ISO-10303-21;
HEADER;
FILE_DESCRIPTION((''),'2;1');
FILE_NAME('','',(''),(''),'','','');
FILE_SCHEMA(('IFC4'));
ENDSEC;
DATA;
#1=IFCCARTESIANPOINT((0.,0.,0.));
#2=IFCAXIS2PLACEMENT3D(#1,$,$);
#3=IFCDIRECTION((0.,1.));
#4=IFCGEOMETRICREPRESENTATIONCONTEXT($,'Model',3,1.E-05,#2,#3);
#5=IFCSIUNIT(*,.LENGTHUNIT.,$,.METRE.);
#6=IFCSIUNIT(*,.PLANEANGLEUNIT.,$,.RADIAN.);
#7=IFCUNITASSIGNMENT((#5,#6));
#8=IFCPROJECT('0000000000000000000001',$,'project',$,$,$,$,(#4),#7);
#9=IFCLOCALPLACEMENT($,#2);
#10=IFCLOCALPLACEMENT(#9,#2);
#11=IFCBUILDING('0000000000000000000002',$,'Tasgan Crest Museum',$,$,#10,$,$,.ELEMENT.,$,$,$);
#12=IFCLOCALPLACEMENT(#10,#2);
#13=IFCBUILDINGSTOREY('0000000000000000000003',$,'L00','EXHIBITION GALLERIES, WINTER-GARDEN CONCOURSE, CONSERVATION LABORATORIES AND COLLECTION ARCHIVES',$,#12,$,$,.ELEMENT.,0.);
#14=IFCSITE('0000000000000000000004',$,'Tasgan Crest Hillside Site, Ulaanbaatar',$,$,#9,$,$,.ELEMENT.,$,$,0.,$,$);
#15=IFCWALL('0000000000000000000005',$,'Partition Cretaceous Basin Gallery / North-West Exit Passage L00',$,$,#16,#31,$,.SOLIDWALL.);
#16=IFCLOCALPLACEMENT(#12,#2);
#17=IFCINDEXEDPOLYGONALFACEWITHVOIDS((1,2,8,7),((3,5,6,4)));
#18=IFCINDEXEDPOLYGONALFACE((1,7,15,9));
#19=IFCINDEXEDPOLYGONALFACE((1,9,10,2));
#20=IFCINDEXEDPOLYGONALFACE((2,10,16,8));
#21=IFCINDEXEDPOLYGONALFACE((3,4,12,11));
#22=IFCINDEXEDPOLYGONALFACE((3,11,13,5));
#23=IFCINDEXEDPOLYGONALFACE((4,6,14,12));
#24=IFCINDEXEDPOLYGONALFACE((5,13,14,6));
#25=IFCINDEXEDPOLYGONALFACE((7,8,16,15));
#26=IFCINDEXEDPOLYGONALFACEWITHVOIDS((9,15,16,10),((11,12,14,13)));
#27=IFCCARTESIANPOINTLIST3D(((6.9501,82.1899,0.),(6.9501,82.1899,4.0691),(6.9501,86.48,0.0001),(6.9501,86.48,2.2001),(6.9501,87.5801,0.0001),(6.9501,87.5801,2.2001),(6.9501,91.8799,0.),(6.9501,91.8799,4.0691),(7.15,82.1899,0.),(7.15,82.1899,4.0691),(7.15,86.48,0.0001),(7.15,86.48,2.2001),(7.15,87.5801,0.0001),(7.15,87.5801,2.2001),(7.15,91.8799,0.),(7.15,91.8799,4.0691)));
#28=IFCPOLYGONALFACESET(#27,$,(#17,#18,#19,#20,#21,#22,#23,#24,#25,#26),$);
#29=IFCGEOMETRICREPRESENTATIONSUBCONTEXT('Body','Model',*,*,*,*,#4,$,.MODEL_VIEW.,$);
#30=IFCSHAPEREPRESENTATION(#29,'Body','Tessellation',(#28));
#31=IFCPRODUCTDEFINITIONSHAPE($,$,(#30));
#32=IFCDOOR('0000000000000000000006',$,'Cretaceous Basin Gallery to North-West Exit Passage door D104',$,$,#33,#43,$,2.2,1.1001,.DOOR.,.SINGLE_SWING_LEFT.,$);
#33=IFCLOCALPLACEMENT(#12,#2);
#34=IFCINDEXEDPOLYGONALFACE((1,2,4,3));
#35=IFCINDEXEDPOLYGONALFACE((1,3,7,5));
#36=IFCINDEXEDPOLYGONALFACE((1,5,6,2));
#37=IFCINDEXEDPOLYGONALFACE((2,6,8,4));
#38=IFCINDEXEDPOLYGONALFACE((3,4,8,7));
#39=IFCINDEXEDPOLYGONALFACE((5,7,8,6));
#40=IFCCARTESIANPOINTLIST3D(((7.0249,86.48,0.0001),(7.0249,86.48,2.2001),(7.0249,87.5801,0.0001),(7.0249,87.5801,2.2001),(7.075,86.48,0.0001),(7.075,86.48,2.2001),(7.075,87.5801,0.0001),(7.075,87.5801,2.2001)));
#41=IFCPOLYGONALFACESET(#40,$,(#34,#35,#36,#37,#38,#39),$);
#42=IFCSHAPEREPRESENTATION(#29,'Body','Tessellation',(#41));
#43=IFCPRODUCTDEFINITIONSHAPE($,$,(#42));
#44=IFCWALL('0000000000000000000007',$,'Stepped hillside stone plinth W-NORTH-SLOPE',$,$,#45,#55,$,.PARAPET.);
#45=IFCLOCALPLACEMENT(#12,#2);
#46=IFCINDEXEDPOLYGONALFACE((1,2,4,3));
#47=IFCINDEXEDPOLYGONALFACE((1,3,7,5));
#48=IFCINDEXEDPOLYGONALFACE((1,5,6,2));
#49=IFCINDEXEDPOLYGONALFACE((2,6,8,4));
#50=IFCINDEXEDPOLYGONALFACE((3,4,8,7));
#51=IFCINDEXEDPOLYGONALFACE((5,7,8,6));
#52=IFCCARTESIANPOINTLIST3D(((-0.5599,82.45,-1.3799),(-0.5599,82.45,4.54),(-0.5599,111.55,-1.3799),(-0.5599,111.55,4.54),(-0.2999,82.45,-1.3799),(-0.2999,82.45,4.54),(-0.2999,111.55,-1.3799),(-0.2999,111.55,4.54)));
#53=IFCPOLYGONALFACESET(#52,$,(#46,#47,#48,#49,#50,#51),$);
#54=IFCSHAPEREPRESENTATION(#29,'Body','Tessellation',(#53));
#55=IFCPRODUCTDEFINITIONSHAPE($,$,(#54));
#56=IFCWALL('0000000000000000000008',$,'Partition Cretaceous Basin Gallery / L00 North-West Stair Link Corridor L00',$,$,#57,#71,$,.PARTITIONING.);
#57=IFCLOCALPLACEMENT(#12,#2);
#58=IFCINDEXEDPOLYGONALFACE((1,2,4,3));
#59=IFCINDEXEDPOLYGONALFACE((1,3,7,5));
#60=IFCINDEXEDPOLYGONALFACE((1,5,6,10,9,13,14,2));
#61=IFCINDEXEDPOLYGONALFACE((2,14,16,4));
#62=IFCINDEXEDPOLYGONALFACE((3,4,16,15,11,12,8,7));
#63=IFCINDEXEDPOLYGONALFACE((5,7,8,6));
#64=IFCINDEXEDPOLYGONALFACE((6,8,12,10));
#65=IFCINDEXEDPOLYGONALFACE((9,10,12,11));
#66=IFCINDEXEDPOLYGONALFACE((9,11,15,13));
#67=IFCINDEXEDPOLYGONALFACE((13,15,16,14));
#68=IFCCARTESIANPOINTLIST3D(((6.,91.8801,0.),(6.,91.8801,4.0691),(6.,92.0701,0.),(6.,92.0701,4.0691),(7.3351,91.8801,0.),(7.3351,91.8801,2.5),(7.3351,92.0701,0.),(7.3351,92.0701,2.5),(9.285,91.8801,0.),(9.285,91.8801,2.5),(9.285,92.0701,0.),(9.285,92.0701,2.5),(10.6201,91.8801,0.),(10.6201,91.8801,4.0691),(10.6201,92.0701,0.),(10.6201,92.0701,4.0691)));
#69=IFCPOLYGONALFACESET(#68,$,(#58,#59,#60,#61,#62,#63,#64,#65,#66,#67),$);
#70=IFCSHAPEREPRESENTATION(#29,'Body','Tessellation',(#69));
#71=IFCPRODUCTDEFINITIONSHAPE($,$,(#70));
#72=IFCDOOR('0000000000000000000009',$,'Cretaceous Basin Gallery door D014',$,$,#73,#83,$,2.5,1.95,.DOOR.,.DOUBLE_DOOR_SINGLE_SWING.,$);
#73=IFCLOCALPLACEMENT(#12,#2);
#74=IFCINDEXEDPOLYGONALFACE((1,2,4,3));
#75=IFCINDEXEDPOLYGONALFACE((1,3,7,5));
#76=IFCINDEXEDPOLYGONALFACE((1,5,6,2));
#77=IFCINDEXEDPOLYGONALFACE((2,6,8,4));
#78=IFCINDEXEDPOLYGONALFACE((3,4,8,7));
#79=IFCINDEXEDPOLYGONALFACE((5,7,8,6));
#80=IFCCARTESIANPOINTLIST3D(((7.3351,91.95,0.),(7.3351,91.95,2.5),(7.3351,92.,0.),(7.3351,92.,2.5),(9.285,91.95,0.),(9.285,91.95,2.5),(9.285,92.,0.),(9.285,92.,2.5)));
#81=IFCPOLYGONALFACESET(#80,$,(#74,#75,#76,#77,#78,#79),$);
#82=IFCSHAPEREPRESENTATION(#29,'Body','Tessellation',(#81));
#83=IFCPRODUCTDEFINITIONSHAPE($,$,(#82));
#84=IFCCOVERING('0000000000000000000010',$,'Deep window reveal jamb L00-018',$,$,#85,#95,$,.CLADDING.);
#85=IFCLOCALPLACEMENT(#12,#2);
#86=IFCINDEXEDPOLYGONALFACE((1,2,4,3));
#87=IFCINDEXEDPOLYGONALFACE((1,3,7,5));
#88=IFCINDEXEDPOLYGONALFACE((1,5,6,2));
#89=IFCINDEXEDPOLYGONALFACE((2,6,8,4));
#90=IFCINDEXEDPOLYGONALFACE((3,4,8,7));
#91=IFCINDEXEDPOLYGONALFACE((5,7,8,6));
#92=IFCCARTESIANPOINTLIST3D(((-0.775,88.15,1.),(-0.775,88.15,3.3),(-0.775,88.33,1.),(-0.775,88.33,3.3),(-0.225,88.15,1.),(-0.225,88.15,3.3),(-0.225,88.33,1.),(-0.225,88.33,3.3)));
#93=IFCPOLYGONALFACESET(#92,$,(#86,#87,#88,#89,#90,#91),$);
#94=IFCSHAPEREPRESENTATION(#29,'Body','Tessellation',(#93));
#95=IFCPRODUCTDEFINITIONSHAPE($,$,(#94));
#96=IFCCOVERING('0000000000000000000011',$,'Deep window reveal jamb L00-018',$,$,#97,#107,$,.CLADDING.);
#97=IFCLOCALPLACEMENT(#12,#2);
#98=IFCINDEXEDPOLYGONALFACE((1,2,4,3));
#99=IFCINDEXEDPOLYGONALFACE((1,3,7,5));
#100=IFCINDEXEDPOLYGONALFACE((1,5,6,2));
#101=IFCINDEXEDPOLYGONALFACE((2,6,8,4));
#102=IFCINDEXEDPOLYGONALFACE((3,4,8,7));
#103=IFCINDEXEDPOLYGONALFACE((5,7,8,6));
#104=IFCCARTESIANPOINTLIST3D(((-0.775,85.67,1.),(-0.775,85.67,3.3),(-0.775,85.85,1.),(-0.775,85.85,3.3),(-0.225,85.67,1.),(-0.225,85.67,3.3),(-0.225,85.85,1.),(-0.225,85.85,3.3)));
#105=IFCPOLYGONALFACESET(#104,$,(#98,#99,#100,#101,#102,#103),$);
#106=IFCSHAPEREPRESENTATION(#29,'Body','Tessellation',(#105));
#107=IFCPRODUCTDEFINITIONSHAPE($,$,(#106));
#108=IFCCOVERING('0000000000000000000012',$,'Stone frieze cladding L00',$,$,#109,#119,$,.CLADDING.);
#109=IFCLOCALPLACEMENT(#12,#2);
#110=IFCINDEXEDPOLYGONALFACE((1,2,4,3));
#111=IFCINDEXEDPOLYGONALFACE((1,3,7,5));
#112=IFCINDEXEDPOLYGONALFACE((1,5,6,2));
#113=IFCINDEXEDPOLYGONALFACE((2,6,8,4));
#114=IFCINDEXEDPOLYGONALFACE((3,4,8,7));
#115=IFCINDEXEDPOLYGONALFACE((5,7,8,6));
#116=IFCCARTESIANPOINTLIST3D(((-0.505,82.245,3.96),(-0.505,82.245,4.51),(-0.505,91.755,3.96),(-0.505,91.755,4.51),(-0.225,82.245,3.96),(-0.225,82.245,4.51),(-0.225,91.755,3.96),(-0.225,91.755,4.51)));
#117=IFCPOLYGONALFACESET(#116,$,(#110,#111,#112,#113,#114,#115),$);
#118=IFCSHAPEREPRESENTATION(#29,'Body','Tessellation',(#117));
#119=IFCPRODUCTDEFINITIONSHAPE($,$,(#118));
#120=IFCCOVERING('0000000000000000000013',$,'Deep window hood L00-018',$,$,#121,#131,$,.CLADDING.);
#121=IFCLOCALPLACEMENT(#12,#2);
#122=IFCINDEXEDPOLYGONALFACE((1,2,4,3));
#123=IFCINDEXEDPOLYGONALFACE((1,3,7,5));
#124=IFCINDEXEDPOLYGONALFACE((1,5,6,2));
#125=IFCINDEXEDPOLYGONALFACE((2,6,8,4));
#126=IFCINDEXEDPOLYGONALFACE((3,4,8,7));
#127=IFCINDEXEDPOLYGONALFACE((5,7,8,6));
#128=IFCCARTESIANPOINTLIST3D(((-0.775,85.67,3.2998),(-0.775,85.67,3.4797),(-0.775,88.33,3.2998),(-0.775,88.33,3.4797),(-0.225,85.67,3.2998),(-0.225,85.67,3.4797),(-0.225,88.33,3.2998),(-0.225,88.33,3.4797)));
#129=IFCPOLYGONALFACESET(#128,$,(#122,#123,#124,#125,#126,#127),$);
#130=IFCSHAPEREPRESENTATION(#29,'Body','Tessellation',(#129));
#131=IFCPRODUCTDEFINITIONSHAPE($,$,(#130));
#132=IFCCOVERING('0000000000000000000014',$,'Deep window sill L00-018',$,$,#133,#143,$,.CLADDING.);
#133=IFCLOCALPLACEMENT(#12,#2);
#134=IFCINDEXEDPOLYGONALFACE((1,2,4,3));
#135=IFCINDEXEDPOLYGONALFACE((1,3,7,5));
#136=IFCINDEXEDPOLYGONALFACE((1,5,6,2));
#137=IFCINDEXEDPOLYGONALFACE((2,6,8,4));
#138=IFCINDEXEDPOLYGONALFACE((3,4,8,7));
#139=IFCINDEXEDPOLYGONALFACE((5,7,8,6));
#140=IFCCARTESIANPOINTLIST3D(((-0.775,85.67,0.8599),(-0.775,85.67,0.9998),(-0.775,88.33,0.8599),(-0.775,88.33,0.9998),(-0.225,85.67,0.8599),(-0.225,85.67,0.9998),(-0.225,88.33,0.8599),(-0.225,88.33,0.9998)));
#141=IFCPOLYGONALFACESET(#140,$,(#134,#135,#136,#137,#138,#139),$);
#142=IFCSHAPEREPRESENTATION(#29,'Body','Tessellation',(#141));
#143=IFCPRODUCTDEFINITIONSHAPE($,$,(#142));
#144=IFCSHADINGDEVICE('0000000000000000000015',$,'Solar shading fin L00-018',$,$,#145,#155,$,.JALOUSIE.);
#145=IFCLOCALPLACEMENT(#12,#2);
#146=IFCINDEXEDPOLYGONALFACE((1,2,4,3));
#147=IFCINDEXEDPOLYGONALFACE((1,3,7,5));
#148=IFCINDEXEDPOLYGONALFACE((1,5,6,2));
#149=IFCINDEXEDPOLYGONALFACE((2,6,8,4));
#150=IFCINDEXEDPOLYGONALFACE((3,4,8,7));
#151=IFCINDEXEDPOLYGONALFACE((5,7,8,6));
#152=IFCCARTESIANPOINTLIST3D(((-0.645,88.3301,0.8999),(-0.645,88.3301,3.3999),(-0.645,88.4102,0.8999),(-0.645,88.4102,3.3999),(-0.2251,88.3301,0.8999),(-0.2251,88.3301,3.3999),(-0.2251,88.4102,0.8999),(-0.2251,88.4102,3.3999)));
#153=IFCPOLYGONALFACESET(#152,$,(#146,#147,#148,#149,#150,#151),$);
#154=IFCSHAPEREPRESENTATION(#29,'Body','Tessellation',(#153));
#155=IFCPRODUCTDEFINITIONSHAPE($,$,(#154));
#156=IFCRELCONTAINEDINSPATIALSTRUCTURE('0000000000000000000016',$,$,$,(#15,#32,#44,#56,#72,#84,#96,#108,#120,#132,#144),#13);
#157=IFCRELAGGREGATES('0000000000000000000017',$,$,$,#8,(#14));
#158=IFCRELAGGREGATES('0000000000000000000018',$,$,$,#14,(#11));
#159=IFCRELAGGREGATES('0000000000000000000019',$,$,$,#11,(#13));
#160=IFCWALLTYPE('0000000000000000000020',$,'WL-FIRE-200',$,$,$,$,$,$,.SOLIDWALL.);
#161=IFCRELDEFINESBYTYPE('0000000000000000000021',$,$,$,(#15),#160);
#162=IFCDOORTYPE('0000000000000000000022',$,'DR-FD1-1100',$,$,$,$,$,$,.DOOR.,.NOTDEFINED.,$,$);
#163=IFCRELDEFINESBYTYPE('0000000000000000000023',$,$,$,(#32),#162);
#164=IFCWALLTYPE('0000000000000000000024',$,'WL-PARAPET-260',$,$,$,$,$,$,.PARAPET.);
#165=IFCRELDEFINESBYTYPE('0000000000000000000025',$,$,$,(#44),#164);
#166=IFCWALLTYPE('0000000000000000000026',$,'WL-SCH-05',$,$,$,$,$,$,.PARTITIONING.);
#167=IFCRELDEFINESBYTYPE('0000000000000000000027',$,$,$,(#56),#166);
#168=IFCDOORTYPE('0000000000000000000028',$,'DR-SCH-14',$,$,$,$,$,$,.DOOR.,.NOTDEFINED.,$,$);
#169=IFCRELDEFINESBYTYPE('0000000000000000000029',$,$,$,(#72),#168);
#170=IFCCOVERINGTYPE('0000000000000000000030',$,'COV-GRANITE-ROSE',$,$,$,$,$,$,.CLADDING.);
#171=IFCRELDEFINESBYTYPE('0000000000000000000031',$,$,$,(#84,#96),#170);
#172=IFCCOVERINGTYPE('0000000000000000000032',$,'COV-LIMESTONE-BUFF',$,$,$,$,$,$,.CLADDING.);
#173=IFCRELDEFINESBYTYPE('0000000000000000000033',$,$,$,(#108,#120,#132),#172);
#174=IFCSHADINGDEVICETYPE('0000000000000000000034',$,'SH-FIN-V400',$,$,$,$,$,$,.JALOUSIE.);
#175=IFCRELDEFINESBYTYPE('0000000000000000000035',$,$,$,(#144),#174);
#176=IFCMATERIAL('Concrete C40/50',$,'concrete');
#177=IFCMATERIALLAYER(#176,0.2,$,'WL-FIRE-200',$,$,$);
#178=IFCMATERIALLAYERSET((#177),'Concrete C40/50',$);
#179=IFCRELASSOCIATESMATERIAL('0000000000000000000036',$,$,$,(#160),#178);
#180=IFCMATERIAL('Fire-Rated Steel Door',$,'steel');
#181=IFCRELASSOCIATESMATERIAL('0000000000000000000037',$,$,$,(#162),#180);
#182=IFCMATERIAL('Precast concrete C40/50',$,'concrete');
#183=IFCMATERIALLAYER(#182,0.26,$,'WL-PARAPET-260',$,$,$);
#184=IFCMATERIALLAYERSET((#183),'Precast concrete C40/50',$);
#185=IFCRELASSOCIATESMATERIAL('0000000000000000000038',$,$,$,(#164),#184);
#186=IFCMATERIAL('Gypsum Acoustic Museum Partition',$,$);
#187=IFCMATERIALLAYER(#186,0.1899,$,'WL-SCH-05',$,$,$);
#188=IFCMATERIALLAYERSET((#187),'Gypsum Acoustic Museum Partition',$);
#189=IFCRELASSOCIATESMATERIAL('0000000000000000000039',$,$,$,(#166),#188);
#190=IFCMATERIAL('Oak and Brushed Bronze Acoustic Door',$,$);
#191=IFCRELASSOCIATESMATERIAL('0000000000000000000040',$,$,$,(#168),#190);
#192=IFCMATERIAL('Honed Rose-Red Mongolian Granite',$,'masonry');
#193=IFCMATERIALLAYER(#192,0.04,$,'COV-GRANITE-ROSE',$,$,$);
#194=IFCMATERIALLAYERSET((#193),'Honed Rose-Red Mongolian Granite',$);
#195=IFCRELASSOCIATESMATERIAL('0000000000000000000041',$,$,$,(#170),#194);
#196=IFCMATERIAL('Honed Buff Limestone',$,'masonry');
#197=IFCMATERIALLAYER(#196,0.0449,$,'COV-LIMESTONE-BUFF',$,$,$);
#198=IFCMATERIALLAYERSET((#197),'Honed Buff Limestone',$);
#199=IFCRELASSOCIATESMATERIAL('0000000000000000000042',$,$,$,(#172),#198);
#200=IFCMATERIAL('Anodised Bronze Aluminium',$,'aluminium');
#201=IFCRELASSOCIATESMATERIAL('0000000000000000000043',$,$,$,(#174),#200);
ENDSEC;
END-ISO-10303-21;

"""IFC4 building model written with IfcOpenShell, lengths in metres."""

from ifc_helpers import new_model, si_unit, direction, frame, frame_2d, origin, origin_2d, place, context, subcontext, project, spatial, rectangle, extrude, material, layer, layer_set, type_object, element, fill, save


model = new_model("IFC4")

# Units and contexts
model_context = context("Model", 3, precision=1e-05, world=origin(), true_north=direction((0.0, 1.0)))
body_context = subcontext(model_context, "Body", "Model", "MODEL_VIEW")
ifc_project = project(units=[si_unit("LENGTHUNIT", "METRE"), si_unit("PLANEANGLEUNIT", "RADIAN")], contexts=[model_context])

# Site, building, storey
site_placement = place(None, origin())
site = spatial("IfcSite", under=ifc_project, at=site_placement, Name="Tasgan Crest Hillside Site, Ulaanbaatar", CompositionType="ELEMENT", RefElevation=0.0)
building_placement = place(site_placement, origin())
building = spatial("IfcBuilding", under=site, at=building_placement, Name="Tasgan Crest Museum", CompositionType="ELEMENT")
storey_placement = place(building_placement, origin())
storey = spatial("IfcBuildingStorey", under=building, at=storey_placement, Name="L00", Description="EXHIBITION GALLERIES, WINTER-GARDEN CONCOURSE, CONSERVATION LABORATORIES AND COLLECTION ARCHIVES", CompositionType="ELEMENT", Elevation=0.0)

# Wall, opening, door
ifc_material_1 = material(Name="Concrete C40/50", Category="concrete")
ifc_layer_1 = layer(ifc_material_1, 0.2, Name="WL-FIRE-200")
ifc_layer_set_1 = layer_set([ifc_layer_1], Name="Concrete C40/50")
wall_type_1 = type_object("IfcWallType", Name="WL-FIRE-200", PredefinedType="SOLIDWALL", material=ifc_layer_set_1)
wall_1_placement = place(storey_placement, frame((7.05, 82.1899, 0.0), z_axis=(0.0, 0.0, 1.0), x_axis=(0.0, 1.0, 0.0)))
wall_1 = element("IfcWall", 1, at=wall_1_placement, inside=storey, type_object=wall_type_1, Name="Partition Cretaceous Basin Gallery / North-West Exit Passage L00", PredefinedType="SOLIDWALL", context=body_context, shape_type="SweptSolid", body=[
    extrude(rectangle(XDim=9.6899, YDim=0.2, at=frame_2d((4.845, 0.0))), origin(), (0.0, 0.0, 1.0), 4.0691),
])
opening_1_placement = place(wall_1_placement, frame((4.29, 0.0, 0.0)))
opening_1 = element("IfcOpeningElement", 2, at=opening_1_placement, cuts=wall_1, PredefinedType="OPENING", context=body_context, shape_type="SweptSolid", body=[
    extrude(rectangle(XDim=1.1001, YDim=2.2, at=frame_2d((0.55, 1.1001))), frame((0.0, 0.1099, 0.0), z_axis=(0.0, -1.0, 0.0), x_axis=(1.0, 0.0, 0.0)), (0.0, 0.0, 1.0), 0.22),
])
ifc_material_2 = material(Name="Fire-Rated Steel Door", Category="steel")
door_type_1 = type_object("IfcDoorType", Name="DR-FD1-1100", OperationType="NOTDEFINED", PredefinedType="DOOR", material=ifc_material_2)
door_1_placement = place(opening_1_placement, frame((1.1001, 0.0, 0.0), z_axis=(0.0, 0.0, 1.0), x_axis=(-1.0, 0.0, 0.0)))
door_1 = element("IfcDoor", 3, at=door_1_placement, inside=storey, type_object=door_type_1, Name="Cretaceous Basin Gallery to North-West Exit Passage door D104", OperationType="SINGLE_SWING_LEFT", OverallHeight=2.2, OverallWidth=1.1001, PredefinedType="DOOR", context=body_context, shape_type="SweptSolid", body=[
    extrude(rectangle(XDim=1.1001, YDim=2.2, at=frame_2d((0.55, 1.1001))), frame((0.0, 0.0249, 0.0), z_axis=(0.0, -1.0, 0.0), x_axis=(1.0, 0.0, 0.0)), (0.0, 0.0, 1.0), 0.05),
])
fill(opening_1, door_1)

# Wall
ifc_material_3 = material(Name="Precast concrete C40/50", Category="concrete")
ifc_layer_2 = layer(ifc_material_3, 0.26, Name="WL-PARAPET-260")
ifc_layer_set_2 = layer_set([ifc_layer_2], Name="Precast concrete C40/50")
wall_type_2 = type_object("IfcWallType", Name="WL-PARAPET-260", PredefinedType="PARAPET", material=ifc_layer_set_2)
wall_2_placement = place(storey_placement, frame((-0.4299, 82.45, -1.3799), z_axis=(0.0, 0.0, 1.0), x_axis=(0.0, 1.0, 0.0)))
element("IfcWall", 4, at=wall_2_placement, inside=storey, type_object=wall_type_2, Name="Stepped hillside stone plinth W-NORTH-SLOPE", PredefinedType="PARAPET", context=body_context, shape_type="SweptSolid", body=[
    extrude(rectangle(XDim=29.1001, YDim=0.26, at=frame_2d((14.55, 0.0))), origin(), (0.0, 0.0, 1.0), 5.9199),
])

# Wall, opening, door
ifc_material_4 = material(Name="Gypsum Acoustic Museum Partition")
ifc_layer_3 = layer(ifc_material_4, 0.1899, Name="WL-SCH-05")
ifc_layer_set_3 = layer_set([ifc_layer_3], Name="Gypsum Acoustic Museum Partition")
wall_type_3 = type_object("IfcWallType", Name="WL-SCH-05", PredefinedType="PARTITIONING", material=ifc_layer_set_3)
wall_3_placement = place(storey_placement, frame((6.0, 91.9751, 0.0), z_axis=(0.0, 0.0, 1.0), x_axis=(1.0, 0.0, 0.0)))
wall_3 = element("IfcWall", 5, at=wall_3_placement, inside=storey, type_object=wall_type_3, Name="Partition Cretaceous Basin Gallery / L00 North-West Stair Link Corridor L00", PredefinedType="PARTITIONING", context=body_context, shape_type="SweptSolid", body=[
    extrude(rectangle(XDim=4.6201, YDim=0.1899, at=frame_2d((2.3101, 0.0))), origin(), (0.0, 0.0, 1.0), 4.0691),
])
opening_2_placement = place(wall_3_placement, frame((1.335, 0.0, 0.0)))
opening_2 = element("IfcOpeningElement", 6, at=opening_2_placement, cuts=wall_3, PredefinedType="OPENING", context=body_context, shape_type="SweptSolid", body=[
    extrude(rectangle(XDim=1.95, YDim=2.5, at=frame_2d((0.9751, 1.25))), frame((0.0, 0.105, 0.0), z_axis=(0.0, -1.0, 0.0), x_axis=(1.0, 0.0, 0.0)), (0.0, 0.0, 1.0), 0.21),
])
ifc_material_5 = material(Name="Oak and Brushed Bronze Acoustic Door")
door_type_2 = type_object("IfcDoorType", Name="DR-SCH-14", OperationType="NOTDEFINED", PredefinedType="DOOR", material=ifc_material_5)
door_2_placement = place(opening_2_placement, origin())
door_2 = element("IfcDoor", 7, at=door_2_placement, inside=storey, type_object=door_type_2, Name="Cretaceous Basin Gallery door D014", OperationType="DOUBLE_DOOR_SINGLE_SWING", OverallHeight=2.5, OverallWidth=1.95, PredefinedType="DOOR", context=body_context, shape_type="SweptSolid", body=[
    extrude(rectangle(XDim=1.95, YDim=2.5, at=frame_2d((0.9751, 1.25))), frame((0.0, 0.0249, 0.0), z_axis=(0.0, -1.0, 0.0), x_axis=(1.0, 0.0, 0.0)), (0.0, 0.0, 1.0), 0.05),
])
fill(opening_2, door_2)

# Coverings
ifc_material_6 = material(Name="Honed Rose-Red Mongolian Granite", Category="masonry")
ifc_layer_4 = layer(ifc_material_6, 0.04, Name="COV-GRANITE-ROSE")
ifc_layer_set_4 = layer_set([ifc_layer_4], Name="Honed Rose-Red Mongolian Granite")
covering_type_1 = type_object("IfcCoveringType", Name="COV-GRANITE-ROSE", PredefinedType="CLADDING", material=ifc_layer_set_4)
for number, where, z_axis, x_axis, name in (
    (8, (-0.5, 88.24, 1.0), (0.0, 0.0, 1.0), (0.0, -1.0, 0.0), "Deep window reveal jamb L00-018"),
    (9, (-0.5, 85.76, 1.0), (0.0, 0.0, 1.0), (0.0, -1.0, 0.0), "Deep window reveal jamb L00-018"),
):
    element("IfcCovering", number, at=place(storey_placement, frame(where, z_axis=z_axis, x_axis=x_axis)), inside=storey, type_object=covering_type_1, Name=name, PredefinedType="CLADDING", context=body_context, shape_type="SweptSolid", body=[
        extrude(rectangle(XDim=0.1799, YDim=0.55, at=origin_2d()), origin(), (0.0, 0.0, 1.0), 2.3),
    ])
ifc_material_7 = material(Name="Honed Buff Limestone", Category="masonry")
ifc_layer_5 = layer(ifc_material_7, 0.0449, Name="COV-LIMESTONE-BUFF")
ifc_layer_set_5 = layer_set([ifc_layer_5], Name="Honed Buff Limestone")
covering_type_2 = type_object("IfcCoveringType", Name="COV-LIMESTONE-BUFF", PredefinedType="CLADDING", material=ifc_layer_set_5)
covering_1_placement = place(storey_placement, frame((-0.365, 87.0, 3.96), z_axis=(0.0, 0.0, 1.0), x_axis=(0.0, -1.0, 0.0)))
element("IfcCovering", 10, at=covering_1_placement, inside=storey, type_object=covering_type_2, Name="Stone frieze cladding L00", PredefinedType="CLADDING", context=body_context, shape_type="SweptSolid", body=[
    extrude(rectangle(XDim=9.51, YDim=0.28, at=origin_2d()), origin(), (0.0, 0.0, 1.0), 0.55),
])
covering_2_placement = place(storey_placement, frame((-0.5, 87.0, 3.2998), z_axis=(0.0, 0.0, 1.0), x_axis=(0.0, -1.0, 0.0)))
element("IfcCovering", 11, at=covering_2_placement, inside=storey, type_object=covering_type_2, Name="Deep window hood L00-018", PredefinedType="CLADDING", context=body_context, shape_type="SweptSolid", body=[
    extrude(rectangle(XDim=2.6599, YDim=0.55, at=origin_2d()), origin(), (0.0, 0.0, 1.0), 0.1799),
])
covering_3_placement = place(storey_placement, frame((-0.5, 87.0, 0.8599), z_axis=(0.0, 0.0, 1.0), x_axis=(0.0, -1.0, 0.0)))
element("IfcCovering", 12, at=covering_3_placement, inside=storey, type_object=covering_type_2, Name="Deep window sill L00-018", PredefinedType="CLADDING", context=body_context, shape_type="SweptSolid", body=[
    extrude(rectangle(XDim=2.6599, YDim=0.55, at=origin_2d()), origin(), (0.0, 0.0, 1.0), 0.1399),
])

# Shading device
ifc_material_8 = material(Name="Anodised Bronze Aluminium", Category="aluminium")
shading_device_type = type_object("IfcShadingDeviceType", Name="SH-FIN-V400", PredefinedType="JALOUSIE", material=ifc_material_8)
shading_device_placement = place(storey_placement, frame((-0.4351, 88.3701, 0.8999), z_axis=(0.0, 0.0, 1.0), x_axis=(0.0, -1.0, 0.0)))
element("IfcShadingDevice", 13, at=shading_device_placement, inside=storey, type_object=shading_device_type, Name="Solar shading fin L00-018", PredefinedType="JALOUSIE", context=body_context, shape_type="SweptSolid", body=[
    extrude(rectangle(XDim=0.0801, YDim=0.4199, at=origin_2d()), origin(), (0.0, 0.0, 1.0), 2.5),
])

save(model, "model.ifc")
